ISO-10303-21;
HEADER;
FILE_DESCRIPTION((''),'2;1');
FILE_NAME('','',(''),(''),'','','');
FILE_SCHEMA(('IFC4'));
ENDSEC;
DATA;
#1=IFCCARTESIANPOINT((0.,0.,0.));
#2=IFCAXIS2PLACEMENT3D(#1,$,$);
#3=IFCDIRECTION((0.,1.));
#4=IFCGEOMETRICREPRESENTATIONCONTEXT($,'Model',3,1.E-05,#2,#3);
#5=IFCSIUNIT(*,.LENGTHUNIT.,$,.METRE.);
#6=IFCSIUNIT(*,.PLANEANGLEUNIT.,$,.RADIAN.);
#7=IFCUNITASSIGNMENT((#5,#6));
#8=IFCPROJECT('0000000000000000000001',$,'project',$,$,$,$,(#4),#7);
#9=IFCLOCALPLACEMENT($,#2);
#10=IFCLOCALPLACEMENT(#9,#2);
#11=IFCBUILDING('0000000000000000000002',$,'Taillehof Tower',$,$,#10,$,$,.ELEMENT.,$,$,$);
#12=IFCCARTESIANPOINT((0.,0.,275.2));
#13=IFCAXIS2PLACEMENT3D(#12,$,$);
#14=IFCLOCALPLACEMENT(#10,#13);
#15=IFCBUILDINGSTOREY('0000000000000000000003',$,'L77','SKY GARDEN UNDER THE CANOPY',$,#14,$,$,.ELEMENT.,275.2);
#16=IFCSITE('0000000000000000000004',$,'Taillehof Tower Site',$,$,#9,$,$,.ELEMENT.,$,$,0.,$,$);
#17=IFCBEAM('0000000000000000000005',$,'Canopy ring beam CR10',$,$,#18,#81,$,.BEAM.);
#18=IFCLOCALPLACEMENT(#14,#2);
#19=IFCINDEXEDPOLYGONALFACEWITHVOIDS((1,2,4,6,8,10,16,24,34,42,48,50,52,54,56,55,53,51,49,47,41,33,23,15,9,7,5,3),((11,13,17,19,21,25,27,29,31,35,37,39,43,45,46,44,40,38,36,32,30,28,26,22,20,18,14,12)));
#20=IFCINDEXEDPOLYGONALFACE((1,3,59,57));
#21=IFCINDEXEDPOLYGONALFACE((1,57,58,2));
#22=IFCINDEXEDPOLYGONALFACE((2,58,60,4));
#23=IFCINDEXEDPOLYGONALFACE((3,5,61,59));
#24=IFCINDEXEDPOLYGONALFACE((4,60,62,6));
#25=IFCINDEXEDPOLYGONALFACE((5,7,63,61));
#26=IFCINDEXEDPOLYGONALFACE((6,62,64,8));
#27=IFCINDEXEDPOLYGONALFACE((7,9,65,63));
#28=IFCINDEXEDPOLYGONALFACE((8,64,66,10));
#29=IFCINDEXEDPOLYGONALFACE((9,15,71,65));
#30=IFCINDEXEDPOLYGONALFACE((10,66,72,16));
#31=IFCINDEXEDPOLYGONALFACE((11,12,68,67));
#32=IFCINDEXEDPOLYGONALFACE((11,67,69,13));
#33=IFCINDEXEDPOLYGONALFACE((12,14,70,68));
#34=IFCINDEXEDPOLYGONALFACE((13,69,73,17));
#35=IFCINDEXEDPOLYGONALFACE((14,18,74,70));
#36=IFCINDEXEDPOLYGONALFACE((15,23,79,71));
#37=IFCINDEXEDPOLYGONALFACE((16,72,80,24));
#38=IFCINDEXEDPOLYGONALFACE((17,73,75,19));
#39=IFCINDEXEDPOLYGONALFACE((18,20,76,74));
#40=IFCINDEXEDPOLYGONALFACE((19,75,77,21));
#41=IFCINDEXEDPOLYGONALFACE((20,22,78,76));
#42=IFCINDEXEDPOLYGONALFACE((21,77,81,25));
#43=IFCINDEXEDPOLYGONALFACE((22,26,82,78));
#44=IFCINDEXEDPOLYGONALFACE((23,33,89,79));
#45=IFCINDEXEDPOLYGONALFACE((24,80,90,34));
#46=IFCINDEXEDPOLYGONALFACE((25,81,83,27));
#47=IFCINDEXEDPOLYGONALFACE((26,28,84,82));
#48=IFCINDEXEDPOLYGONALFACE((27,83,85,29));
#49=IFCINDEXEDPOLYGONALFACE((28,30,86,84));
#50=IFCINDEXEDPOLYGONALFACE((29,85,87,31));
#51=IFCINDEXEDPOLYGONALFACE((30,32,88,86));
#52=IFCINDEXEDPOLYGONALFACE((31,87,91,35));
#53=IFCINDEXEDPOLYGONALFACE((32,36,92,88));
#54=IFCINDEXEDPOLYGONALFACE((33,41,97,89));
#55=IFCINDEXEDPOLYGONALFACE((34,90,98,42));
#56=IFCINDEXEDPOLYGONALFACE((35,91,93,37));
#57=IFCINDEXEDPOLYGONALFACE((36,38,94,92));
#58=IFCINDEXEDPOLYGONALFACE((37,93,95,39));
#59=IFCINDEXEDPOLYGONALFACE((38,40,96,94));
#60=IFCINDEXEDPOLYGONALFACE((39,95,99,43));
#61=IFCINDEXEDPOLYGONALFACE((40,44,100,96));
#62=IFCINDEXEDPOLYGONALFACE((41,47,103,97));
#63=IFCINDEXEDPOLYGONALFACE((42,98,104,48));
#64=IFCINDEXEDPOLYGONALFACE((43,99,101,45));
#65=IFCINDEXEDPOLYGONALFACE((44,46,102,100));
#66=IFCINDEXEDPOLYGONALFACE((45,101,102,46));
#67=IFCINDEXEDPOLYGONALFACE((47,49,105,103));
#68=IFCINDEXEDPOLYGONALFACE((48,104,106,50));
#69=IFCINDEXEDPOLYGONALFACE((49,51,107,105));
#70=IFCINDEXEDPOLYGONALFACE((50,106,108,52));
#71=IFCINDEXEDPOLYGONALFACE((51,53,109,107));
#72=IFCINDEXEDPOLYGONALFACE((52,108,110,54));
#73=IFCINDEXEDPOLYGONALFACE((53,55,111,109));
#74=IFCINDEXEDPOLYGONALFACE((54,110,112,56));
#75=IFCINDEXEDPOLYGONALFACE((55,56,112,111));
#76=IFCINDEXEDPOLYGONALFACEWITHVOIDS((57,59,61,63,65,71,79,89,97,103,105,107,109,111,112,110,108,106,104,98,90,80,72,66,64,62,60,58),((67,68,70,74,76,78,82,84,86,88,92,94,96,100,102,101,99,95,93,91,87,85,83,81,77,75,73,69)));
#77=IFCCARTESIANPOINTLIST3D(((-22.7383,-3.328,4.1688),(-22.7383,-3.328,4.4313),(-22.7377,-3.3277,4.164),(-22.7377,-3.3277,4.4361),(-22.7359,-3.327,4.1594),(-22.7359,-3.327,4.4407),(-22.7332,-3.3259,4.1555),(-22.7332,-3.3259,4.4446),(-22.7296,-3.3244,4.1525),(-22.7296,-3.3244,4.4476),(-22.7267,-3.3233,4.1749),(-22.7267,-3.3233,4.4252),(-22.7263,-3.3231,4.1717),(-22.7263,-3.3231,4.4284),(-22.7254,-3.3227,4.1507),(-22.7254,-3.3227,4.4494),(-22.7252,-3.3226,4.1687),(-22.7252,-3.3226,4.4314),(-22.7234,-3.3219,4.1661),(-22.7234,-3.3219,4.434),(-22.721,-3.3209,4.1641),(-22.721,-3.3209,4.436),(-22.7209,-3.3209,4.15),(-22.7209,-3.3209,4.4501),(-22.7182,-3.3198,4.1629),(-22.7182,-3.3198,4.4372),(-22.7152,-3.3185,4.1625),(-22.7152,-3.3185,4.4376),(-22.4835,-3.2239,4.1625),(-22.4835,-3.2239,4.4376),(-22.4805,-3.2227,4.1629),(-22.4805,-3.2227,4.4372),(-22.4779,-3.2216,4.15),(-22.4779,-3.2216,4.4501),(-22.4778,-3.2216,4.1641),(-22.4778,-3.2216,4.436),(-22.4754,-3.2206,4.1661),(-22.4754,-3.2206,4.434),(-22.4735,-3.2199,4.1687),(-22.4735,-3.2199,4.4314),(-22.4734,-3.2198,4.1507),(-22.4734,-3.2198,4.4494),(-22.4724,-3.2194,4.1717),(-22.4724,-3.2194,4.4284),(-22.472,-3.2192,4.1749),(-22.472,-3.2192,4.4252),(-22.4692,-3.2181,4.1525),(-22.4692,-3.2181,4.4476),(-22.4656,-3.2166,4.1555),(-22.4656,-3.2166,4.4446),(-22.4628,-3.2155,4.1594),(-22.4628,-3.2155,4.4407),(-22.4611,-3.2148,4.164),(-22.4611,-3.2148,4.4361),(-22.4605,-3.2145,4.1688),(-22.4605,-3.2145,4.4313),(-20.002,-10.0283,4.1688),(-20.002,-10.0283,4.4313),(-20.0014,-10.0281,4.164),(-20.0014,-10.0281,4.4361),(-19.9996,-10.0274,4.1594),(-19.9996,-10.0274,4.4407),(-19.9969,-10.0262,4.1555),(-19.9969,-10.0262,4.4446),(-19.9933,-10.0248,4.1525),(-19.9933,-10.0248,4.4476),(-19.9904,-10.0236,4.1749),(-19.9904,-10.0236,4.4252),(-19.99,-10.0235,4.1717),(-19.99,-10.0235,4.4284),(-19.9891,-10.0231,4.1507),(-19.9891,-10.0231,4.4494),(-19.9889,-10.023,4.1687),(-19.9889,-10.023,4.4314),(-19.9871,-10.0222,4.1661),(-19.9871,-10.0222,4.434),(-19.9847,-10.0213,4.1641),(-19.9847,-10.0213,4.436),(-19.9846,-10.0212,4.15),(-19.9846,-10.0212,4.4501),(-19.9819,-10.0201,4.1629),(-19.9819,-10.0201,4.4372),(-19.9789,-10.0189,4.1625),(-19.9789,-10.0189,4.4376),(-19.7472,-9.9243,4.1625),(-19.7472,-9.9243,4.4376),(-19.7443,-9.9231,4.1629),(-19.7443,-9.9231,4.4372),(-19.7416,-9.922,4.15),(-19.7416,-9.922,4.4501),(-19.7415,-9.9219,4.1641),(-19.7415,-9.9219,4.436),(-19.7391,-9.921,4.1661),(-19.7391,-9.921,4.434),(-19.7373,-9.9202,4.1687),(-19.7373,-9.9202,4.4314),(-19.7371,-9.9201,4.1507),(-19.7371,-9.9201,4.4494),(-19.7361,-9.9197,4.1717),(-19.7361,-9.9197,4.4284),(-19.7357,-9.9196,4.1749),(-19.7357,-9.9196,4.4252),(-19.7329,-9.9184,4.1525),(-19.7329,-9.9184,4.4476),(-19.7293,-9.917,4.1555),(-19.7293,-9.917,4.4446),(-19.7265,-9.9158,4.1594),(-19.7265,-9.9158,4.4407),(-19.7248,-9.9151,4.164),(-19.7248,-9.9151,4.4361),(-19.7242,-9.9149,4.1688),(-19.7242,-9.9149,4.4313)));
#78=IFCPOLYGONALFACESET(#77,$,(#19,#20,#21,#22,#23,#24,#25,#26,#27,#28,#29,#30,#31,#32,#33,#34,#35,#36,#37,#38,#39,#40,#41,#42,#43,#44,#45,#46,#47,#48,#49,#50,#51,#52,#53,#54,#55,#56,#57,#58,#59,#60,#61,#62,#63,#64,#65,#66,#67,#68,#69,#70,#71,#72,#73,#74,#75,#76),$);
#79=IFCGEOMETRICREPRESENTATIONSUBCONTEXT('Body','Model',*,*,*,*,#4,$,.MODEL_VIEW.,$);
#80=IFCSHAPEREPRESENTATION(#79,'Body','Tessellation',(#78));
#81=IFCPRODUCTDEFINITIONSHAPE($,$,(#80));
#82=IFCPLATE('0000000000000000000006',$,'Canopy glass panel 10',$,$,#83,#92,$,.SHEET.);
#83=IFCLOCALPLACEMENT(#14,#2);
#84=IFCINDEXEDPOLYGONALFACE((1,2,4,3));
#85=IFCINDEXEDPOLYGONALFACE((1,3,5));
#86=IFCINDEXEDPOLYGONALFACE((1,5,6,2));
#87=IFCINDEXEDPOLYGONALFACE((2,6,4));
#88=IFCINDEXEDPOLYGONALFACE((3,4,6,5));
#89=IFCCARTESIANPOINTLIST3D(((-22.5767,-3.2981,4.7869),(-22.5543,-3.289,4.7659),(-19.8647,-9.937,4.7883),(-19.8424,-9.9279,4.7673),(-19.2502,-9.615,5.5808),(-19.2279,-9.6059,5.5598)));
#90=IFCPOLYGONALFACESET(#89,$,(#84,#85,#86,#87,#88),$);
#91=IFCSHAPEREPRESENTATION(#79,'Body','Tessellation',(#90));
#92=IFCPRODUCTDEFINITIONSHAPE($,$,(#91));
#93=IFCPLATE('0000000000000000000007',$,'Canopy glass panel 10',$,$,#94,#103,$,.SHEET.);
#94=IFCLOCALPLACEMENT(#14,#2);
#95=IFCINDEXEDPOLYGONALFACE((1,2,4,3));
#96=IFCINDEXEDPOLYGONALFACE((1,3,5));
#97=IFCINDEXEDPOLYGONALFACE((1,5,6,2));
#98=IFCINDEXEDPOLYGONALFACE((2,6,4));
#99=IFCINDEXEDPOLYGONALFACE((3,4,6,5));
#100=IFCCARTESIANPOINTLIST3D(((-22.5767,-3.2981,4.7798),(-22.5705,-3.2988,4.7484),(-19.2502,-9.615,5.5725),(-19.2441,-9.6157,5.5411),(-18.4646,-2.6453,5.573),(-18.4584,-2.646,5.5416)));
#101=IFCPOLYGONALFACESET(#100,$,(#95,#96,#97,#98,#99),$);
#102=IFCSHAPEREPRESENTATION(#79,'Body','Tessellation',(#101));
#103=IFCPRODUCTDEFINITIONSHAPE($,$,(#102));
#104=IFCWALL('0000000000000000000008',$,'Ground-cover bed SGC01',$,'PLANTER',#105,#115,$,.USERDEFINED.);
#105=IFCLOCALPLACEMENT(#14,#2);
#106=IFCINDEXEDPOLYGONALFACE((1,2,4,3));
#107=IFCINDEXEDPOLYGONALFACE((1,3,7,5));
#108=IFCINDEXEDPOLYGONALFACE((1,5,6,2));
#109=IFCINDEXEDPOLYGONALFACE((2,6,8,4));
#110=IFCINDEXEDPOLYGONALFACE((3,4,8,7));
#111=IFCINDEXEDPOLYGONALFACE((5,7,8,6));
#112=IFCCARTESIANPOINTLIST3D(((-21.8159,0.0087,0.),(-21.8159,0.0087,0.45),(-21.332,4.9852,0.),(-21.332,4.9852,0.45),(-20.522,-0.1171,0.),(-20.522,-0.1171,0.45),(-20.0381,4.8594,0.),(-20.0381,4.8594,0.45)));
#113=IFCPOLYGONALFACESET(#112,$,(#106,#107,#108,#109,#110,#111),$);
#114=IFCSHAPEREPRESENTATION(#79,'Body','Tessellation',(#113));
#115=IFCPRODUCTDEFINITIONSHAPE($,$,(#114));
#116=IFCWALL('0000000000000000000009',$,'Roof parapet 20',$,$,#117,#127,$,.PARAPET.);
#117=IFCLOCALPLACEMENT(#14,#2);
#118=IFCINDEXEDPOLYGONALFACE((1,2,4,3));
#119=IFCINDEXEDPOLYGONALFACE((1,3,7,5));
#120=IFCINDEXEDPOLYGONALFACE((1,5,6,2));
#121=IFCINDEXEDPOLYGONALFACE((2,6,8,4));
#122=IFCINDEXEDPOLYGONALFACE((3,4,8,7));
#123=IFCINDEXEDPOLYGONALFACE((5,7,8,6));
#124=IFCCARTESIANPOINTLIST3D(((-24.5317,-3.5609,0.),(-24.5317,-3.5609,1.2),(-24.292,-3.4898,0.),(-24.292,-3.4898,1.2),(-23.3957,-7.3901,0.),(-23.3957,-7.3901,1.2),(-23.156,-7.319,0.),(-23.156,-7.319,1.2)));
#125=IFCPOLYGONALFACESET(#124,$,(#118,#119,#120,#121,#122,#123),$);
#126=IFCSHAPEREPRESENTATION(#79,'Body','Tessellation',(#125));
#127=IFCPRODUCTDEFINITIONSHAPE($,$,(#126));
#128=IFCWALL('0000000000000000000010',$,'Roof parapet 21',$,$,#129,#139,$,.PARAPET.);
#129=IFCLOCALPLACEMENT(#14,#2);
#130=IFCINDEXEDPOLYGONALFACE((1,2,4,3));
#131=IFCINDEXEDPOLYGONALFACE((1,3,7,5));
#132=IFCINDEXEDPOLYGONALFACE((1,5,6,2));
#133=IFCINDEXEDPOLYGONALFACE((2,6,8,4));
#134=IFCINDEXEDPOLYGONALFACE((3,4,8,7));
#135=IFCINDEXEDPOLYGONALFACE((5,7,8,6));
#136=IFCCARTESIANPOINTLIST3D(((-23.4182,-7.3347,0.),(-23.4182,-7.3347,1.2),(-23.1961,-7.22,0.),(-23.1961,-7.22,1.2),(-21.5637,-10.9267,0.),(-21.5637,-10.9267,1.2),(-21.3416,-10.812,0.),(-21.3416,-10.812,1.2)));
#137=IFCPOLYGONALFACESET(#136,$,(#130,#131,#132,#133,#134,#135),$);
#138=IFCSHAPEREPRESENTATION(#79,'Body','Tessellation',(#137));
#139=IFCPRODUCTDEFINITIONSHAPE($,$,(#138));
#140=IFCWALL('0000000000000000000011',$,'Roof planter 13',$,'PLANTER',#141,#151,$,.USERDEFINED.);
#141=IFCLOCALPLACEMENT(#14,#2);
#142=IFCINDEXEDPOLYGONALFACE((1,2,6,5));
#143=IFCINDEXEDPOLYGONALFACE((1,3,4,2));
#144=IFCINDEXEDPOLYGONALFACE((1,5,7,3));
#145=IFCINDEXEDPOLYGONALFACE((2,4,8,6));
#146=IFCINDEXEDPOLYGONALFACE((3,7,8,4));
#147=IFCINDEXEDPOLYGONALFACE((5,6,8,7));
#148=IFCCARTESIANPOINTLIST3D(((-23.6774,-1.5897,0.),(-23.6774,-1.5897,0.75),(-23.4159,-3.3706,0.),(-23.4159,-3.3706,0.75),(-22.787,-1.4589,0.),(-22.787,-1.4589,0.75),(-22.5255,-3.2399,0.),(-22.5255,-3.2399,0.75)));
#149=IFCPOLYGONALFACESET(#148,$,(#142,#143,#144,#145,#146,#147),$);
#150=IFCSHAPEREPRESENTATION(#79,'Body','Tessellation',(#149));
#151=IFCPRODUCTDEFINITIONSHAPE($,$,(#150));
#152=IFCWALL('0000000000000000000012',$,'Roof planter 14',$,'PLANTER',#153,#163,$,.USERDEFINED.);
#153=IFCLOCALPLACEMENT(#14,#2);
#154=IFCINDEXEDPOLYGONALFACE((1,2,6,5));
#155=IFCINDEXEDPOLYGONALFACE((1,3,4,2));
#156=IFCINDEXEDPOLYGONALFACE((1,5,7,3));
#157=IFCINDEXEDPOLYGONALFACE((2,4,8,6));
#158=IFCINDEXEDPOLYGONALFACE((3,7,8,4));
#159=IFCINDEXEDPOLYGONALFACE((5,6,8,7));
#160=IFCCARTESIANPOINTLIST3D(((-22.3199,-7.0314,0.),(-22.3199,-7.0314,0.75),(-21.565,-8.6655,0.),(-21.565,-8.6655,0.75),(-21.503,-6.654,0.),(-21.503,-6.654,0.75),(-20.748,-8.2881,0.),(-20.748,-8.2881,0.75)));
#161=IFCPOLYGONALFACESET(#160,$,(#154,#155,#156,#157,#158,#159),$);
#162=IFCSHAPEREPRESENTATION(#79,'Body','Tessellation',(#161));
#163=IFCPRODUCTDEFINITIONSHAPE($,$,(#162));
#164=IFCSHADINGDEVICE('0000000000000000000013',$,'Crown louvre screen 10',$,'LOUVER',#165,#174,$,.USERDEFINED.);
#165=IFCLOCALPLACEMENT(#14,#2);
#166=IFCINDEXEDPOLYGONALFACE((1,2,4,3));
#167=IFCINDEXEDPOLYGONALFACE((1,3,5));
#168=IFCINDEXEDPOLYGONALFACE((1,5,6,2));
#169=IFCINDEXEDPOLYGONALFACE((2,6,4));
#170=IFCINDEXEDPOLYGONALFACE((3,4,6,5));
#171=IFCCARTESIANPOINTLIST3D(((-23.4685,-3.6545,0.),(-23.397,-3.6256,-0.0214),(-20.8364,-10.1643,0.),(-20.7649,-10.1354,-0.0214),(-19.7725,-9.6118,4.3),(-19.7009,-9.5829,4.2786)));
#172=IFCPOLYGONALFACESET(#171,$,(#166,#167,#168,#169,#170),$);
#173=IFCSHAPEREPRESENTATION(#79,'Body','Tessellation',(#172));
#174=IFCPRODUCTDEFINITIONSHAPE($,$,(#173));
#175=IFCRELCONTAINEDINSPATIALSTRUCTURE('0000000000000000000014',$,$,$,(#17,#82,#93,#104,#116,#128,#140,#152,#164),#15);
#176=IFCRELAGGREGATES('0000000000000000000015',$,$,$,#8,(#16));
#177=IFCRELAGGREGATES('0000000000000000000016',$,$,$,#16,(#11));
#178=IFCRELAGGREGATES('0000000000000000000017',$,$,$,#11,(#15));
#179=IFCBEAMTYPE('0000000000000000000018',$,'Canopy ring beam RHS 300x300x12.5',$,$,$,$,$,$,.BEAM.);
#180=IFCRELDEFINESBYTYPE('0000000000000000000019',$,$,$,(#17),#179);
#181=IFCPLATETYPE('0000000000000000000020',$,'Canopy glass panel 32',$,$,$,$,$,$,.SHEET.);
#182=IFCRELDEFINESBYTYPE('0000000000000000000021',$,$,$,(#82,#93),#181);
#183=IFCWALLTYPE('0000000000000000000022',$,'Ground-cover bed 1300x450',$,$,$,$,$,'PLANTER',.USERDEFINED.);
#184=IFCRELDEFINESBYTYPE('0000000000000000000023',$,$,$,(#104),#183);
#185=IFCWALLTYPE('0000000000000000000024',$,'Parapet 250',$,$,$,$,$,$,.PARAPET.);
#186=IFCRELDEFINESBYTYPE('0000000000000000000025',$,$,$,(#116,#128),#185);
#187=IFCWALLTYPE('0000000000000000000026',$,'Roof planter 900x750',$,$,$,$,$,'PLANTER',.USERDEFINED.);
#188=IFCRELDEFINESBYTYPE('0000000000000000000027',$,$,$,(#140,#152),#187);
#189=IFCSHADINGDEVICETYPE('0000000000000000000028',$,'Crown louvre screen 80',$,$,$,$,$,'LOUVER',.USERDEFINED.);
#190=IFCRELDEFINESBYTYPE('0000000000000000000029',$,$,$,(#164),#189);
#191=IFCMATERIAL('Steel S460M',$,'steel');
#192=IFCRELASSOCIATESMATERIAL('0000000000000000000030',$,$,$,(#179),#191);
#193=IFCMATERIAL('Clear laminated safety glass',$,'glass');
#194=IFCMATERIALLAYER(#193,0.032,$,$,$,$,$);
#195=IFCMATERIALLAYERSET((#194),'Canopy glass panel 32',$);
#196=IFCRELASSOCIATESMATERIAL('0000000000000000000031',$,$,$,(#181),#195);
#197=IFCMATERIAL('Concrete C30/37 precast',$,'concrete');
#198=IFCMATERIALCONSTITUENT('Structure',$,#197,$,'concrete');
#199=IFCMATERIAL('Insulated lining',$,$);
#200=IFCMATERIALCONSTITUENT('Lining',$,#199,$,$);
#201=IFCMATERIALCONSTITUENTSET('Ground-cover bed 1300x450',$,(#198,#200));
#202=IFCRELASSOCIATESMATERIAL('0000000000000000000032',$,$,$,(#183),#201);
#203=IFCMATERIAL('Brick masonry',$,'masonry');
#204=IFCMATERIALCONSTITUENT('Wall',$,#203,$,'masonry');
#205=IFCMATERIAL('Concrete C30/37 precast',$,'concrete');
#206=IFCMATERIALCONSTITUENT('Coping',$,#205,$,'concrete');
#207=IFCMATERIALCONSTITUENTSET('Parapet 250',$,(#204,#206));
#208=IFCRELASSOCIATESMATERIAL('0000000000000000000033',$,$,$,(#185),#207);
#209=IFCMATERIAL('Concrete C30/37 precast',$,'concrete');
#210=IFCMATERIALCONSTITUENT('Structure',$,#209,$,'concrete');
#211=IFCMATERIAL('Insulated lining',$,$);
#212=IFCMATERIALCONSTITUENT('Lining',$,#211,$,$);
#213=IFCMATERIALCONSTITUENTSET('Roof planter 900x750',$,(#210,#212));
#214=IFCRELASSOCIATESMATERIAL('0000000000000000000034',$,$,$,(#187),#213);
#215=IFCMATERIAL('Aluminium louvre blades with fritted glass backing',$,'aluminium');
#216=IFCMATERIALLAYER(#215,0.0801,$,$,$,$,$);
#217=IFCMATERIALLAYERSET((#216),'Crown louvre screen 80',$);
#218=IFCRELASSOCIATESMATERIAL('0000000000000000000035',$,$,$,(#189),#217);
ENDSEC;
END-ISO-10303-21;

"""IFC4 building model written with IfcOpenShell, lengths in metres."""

from ifc_helpers import new_model, si_unit, direction, frame, frame_2d, origin, origin_2d, place, context, subcontext, project, spatial, polyline, rectangle, hollow_rectangle, outline, extrude, material, layer, layer_set, constituent, constituent_set, material_profile, profile_set, type_object, element, save


model = new_model("IFC4")

# Units and contexts
model_context = context("Model", 3, precision=1e-05, world=origin(), true_north=direction((0.0, 1.0)))
body_context = subcontext(model_context, "Body", "Model", "MODEL_VIEW")
ifc_project = project(units=[si_unit("LENGTHUNIT", "METRE"), si_unit("PLANEANGLEUNIT", "RADIAN")], contexts=[model_context])

# Site, building, storey
site_placement = place(None, origin())
site = spatial("IfcSite", under=ifc_project, at=site_placement, Name="Taillehof Tower Site", CompositionType="ELEMENT", RefElevation=0.0)
building_placement = place(site_placement, origin())
building = spatial("IfcBuilding", under=site, at=building_placement, Name="Taillehof Tower", CompositionType="ELEMENT")
storey_placement = place(building_placement, frame((0.0, 0.0, 275.2)))
storey = spatial("IfcBuildingStorey", under=building, at=storey_placement, Name="L77", Description="SKY GARDEN UNDER THE CANOPY", CompositionType="ELEMENT", Elevation=275.2)

# Beam
ifc_material_1 = material(Name="Steel S460M", Category="steel")
ifc_material_profile_1 = material_profile(ifc_material_1, hollow_rectangle(XDim=0.3, YDim=0.3, WallThickness=0.0125, InnerFilletRadius=0.0125, OuterFilletRadius=0.0188, at=origin_2d()), Name="RHS 300x300x12.5")
ifc_profile_set_1 = profile_set([ifc_material_profile_1], Name="Steel S460M")
beam_type_1 = type_object("IfcBeamType", Name="Canopy ring beam RHS 300x300x12.5", PredefinedType="BEAM", material=ifc_profile_set_1)
beam_1_placement = place(storey_placement, frame((-22.5994, -3.2712, 4.3), z_axis=(0.378069, -0.925777, 0.0), x_axis=(0.925777, 0.378069, 0.0)))
element("IfcBeam", 1, at=beam_1_placement, inside=storey, type_object=beam_type_1, Name="Canopy ring beam CR10", PredefinedType="BEAM", context=body_context, shape_type="SweptSolid", body=[
    extrude(hollow_rectangle(XDim=0.3, YDim=0.3, WallThickness=0.0125, InnerFilletRadius=0.0125, OuterFilletRadius=0.0188, at=origin_2d()), origin(), (0.0, 0.0, 1.0), 7.2375),
])

# Plates
ifc_material_2 = material(Name="Clear laminated safety glass", Category="glass")
ifc_layer_1 = layer(ifc_material_2, 0.032)
ifc_layer_set_1 = layer_set([ifc_layer_1], Name="Canopy glass panel 32")
plate_type = type_object("IfcPlateType", Name="Canopy glass panel 32", PredefinedType="SHEET", material=ifc_layer_set_1)
plate_1_placement = place(storey_placement, frame((-22.5767, -3.2981, 4.7869), z_axis=(-0.697958, -0.284962, 0.657001), x_axis=(0.378154, -0.925743, 0.000204)))
element("IfcPlate", 2, at=plate_1_placement, inside=storey, type_object=plate_type, Name="Canopy glass panel 10", PredefinedType="SHEET", context=body_context, shape_type="SweptSolid", body=[
    extrude(outline(polyline([(0.0, 0.0), (7.1714, 0.0), (7.1059, 1.0512), (0.0, 0.0)])), origin(), (0.0, 0.0, -1.0), 0.032),
])
plate_2_placement = place(storey_placement, frame((-22.5767, -3.2981, 4.7798), z_axis=(-0.192676, 0.02165, 0.981024), x_axis=(0.463091, -0.879413, 0.11036)))
element("IfcPlate", 3, at=plate_2_placement, inside=storey, type_object=plate_type, Name="Canopy glass panel 10", PredefinedType="SHEET", context=body_context, shape_type="SweptSolid", body=[
    extrude(outline(polyline([(0.0, 0.0), (7.1831, 0.0), (1.4177, 3.9943), (0.0, 0.0)])), origin(), (0.0, 0.0, -1.0), 0.032),
])

# Walls
ifc_material_3 = material(Name="Concrete C30/37 precast", Category="concrete")
ifc_constituent_1 = constituent(ifc_material_3, Name="Structure", Category="concrete")
ifc_material_4 = material(Name="Insulated lining")
ifc_constituent_2 = constituent(ifc_material_4, Name="Lining")
ifc_constituent_set_1 = constituent_set(constituents=[ifc_constituent_1, ifc_constituent_2], Name="Ground-cover bed 1300x450")
wall_type_1 = type_object("IfcWallType", Name="Ground-cover bed 1300x450", ElementType="PLANTER", PredefinedType="USERDEFINED", material=ifc_constituent_set_1)
wall_1_placement = place(storey_placement, frame((-21.1689, -0.0542, 0.0), z_axis=(0.0, 0.0, 1.0), x_axis=(0.096777, 0.995306, 0.0)))
element("IfcWall", 4, at=wall_1_placement, inside=storey, type_object=wall_type_1, Name="Ground-cover bed SGC01", ObjectType="PLANTER", PredefinedType="USERDEFINED", context=body_context, shape_type="SweptSolid", body=[
    extrude(rectangle(XDim=5.0, YDim=1.3, at=frame_2d((2.5, 0.0))), origin(), (0.0, 0.0, 1.0), 0.45),
])
ifc_material_5 = material(Name="Brick masonry", Category="masonry")
ifc_constituent_3 = constituent(ifc_material_5, Name="Wall", Category="masonry")
ifc_material_6 = material(Name="Concrete C30/37 precast", Category="concrete")
ifc_constituent_4 = constituent(ifc_material_6, Name="Coping", Category="concrete")
ifc_constituent_set_2 = constituent_set(constituents=[ifc_constituent_3, ifc_constituent_4], Name="Parapet 250")
wall_type_2 = type_object("IfcWallType", Name="Parapet 250", PredefinedType="PARAPET", material=ifc_constituent_set_2)
wall_2_placement = place(storey_placement, frame((-24.4119, -3.5254, 0.0), z_axis=(0.0, 0.0, 1.0), x_axis=(0.284419, -0.9587, 0.0)))
element("IfcWall", 5, at=wall_2_placement, inside=storey, type_object=wall_type_2, Name="Roof parapet 20", PredefinedType="PARAPET", context=body_context, shape_type="SweptSolid", body=[
    extrude(rectangle(XDim=3.9941, YDim=0.25, at=frame_2d((1.9971, 0.0))), origin(), (0.0, 0.0, 1.0), 1.2),
])
wall_3_placement = place(storey_placement, frame((-23.3071, -7.2773, 0.0), z_axis=(0.0, 0.0, 1.0), x_axis=(0.458748, -0.888567, 0.0)))
element("IfcWall", 6, at=wall_3_placement, inside=storey, type_object=wall_type_2, Name="Roof parapet 21", PredefinedType="PARAPET", context=body_context, shape_type="SweptSolid", body=[
    extrude(rectangle(XDim=4.0425, YDim=0.25, at=frame_2d((2.0212, 0.0))), origin(), (0.0, 0.0, 1.0), 1.2),
])
ifc_material_7 = material(Name="Concrete C30/37 precast", Category="concrete")
ifc_constituent_5 = constituent(ifc_material_7, Name="Structure", Category="concrete")
ifc_material_8 = material(Name="Insulated lining")
ifc_constituent_6 = constituent(ifc_material_8, Name="Lining")
ifc_constituent_set_3 = constituent_set(constituents=[ifc_constituent_5, ifc_constituent_6], Name="Roof planter 900x750")
wall_type_3 = type_object("IfcWallType", Name="Roof planter 900x750", ElementType="PLANTER", PredefinedType="USERDEFINED", material=ifc_constituent_set_3)
for number, where, z_axis, x_axis, name in (
    (7, (-23.2322, -1.5244, 0.0), (0.0, 0.0, 1.0), (0.145256, -0.989394, 0.0), "Roof planter 13"),
    (8, (-21.9114, -6.8428, 0.0), (0.0, 0.0, 1.0), (0.419385, -0.907808, 0.0), "Roof planter 14"),
):
    element("IfcWall", number, at=place(storey_placement, frame(where, z_axis=z_axis, x_axis=x_axis)), inside=storey, type_object=wall_type_3, Name=name, ObjectType="PLANTER", PredefinedType="USERDEFINED", context=body_context, shape_type="SweptSolid", body=[
        extrude(rectangle(XDim=1.8, YDim=0.8999, at=frame_2d((0.8999, 0.0))), origin(), (0.0, 0.0, 1.0), 0.75),
    ])

# Shading device
ifc_material_9 = material(Name="Aluminium louvre blades with fritted glass backing", Category="aluminium")
ifc_layer_2 = layer(ifc_material_9, 0.0801)
ifc_layer_set_2 = layer_set([ifc_layer_2], Name="Crown louvre screen 80")
shading_device_type = type_object("IfcShadingDeviceType", Name="Crown louvre screen 80", ElementType="LOUVER", PredefinedType="USERDEFINED", material=ifc_layer_set_2)
shading_device_1_placement = place(storey_placement, frame((-23.4685, -3.6545, 0.0), z_axis=(-0.893317, -0.361193, 0.267442), x_axis=(0.374847, -0.927087, 0.0)))
element("IfcShadingDevice", 9, at=shading_device_1_placement, inside=storey, type_object=shading_device_type, Name="Crown louvre screen 10", ObjectType="LOUVER", PredefinedType="USERDEFINED", context=body_context, shape_type="SweptSolid", body=[
    extrude(outline(polyline([(0.0, 0.0), (7.0217, 0.0), (6.9084, 4.4626), (0.0, 0.0)])), origin(), (0.0, 0.0, -1.0), 0.0801),
])

save(model, "model.ifc")
